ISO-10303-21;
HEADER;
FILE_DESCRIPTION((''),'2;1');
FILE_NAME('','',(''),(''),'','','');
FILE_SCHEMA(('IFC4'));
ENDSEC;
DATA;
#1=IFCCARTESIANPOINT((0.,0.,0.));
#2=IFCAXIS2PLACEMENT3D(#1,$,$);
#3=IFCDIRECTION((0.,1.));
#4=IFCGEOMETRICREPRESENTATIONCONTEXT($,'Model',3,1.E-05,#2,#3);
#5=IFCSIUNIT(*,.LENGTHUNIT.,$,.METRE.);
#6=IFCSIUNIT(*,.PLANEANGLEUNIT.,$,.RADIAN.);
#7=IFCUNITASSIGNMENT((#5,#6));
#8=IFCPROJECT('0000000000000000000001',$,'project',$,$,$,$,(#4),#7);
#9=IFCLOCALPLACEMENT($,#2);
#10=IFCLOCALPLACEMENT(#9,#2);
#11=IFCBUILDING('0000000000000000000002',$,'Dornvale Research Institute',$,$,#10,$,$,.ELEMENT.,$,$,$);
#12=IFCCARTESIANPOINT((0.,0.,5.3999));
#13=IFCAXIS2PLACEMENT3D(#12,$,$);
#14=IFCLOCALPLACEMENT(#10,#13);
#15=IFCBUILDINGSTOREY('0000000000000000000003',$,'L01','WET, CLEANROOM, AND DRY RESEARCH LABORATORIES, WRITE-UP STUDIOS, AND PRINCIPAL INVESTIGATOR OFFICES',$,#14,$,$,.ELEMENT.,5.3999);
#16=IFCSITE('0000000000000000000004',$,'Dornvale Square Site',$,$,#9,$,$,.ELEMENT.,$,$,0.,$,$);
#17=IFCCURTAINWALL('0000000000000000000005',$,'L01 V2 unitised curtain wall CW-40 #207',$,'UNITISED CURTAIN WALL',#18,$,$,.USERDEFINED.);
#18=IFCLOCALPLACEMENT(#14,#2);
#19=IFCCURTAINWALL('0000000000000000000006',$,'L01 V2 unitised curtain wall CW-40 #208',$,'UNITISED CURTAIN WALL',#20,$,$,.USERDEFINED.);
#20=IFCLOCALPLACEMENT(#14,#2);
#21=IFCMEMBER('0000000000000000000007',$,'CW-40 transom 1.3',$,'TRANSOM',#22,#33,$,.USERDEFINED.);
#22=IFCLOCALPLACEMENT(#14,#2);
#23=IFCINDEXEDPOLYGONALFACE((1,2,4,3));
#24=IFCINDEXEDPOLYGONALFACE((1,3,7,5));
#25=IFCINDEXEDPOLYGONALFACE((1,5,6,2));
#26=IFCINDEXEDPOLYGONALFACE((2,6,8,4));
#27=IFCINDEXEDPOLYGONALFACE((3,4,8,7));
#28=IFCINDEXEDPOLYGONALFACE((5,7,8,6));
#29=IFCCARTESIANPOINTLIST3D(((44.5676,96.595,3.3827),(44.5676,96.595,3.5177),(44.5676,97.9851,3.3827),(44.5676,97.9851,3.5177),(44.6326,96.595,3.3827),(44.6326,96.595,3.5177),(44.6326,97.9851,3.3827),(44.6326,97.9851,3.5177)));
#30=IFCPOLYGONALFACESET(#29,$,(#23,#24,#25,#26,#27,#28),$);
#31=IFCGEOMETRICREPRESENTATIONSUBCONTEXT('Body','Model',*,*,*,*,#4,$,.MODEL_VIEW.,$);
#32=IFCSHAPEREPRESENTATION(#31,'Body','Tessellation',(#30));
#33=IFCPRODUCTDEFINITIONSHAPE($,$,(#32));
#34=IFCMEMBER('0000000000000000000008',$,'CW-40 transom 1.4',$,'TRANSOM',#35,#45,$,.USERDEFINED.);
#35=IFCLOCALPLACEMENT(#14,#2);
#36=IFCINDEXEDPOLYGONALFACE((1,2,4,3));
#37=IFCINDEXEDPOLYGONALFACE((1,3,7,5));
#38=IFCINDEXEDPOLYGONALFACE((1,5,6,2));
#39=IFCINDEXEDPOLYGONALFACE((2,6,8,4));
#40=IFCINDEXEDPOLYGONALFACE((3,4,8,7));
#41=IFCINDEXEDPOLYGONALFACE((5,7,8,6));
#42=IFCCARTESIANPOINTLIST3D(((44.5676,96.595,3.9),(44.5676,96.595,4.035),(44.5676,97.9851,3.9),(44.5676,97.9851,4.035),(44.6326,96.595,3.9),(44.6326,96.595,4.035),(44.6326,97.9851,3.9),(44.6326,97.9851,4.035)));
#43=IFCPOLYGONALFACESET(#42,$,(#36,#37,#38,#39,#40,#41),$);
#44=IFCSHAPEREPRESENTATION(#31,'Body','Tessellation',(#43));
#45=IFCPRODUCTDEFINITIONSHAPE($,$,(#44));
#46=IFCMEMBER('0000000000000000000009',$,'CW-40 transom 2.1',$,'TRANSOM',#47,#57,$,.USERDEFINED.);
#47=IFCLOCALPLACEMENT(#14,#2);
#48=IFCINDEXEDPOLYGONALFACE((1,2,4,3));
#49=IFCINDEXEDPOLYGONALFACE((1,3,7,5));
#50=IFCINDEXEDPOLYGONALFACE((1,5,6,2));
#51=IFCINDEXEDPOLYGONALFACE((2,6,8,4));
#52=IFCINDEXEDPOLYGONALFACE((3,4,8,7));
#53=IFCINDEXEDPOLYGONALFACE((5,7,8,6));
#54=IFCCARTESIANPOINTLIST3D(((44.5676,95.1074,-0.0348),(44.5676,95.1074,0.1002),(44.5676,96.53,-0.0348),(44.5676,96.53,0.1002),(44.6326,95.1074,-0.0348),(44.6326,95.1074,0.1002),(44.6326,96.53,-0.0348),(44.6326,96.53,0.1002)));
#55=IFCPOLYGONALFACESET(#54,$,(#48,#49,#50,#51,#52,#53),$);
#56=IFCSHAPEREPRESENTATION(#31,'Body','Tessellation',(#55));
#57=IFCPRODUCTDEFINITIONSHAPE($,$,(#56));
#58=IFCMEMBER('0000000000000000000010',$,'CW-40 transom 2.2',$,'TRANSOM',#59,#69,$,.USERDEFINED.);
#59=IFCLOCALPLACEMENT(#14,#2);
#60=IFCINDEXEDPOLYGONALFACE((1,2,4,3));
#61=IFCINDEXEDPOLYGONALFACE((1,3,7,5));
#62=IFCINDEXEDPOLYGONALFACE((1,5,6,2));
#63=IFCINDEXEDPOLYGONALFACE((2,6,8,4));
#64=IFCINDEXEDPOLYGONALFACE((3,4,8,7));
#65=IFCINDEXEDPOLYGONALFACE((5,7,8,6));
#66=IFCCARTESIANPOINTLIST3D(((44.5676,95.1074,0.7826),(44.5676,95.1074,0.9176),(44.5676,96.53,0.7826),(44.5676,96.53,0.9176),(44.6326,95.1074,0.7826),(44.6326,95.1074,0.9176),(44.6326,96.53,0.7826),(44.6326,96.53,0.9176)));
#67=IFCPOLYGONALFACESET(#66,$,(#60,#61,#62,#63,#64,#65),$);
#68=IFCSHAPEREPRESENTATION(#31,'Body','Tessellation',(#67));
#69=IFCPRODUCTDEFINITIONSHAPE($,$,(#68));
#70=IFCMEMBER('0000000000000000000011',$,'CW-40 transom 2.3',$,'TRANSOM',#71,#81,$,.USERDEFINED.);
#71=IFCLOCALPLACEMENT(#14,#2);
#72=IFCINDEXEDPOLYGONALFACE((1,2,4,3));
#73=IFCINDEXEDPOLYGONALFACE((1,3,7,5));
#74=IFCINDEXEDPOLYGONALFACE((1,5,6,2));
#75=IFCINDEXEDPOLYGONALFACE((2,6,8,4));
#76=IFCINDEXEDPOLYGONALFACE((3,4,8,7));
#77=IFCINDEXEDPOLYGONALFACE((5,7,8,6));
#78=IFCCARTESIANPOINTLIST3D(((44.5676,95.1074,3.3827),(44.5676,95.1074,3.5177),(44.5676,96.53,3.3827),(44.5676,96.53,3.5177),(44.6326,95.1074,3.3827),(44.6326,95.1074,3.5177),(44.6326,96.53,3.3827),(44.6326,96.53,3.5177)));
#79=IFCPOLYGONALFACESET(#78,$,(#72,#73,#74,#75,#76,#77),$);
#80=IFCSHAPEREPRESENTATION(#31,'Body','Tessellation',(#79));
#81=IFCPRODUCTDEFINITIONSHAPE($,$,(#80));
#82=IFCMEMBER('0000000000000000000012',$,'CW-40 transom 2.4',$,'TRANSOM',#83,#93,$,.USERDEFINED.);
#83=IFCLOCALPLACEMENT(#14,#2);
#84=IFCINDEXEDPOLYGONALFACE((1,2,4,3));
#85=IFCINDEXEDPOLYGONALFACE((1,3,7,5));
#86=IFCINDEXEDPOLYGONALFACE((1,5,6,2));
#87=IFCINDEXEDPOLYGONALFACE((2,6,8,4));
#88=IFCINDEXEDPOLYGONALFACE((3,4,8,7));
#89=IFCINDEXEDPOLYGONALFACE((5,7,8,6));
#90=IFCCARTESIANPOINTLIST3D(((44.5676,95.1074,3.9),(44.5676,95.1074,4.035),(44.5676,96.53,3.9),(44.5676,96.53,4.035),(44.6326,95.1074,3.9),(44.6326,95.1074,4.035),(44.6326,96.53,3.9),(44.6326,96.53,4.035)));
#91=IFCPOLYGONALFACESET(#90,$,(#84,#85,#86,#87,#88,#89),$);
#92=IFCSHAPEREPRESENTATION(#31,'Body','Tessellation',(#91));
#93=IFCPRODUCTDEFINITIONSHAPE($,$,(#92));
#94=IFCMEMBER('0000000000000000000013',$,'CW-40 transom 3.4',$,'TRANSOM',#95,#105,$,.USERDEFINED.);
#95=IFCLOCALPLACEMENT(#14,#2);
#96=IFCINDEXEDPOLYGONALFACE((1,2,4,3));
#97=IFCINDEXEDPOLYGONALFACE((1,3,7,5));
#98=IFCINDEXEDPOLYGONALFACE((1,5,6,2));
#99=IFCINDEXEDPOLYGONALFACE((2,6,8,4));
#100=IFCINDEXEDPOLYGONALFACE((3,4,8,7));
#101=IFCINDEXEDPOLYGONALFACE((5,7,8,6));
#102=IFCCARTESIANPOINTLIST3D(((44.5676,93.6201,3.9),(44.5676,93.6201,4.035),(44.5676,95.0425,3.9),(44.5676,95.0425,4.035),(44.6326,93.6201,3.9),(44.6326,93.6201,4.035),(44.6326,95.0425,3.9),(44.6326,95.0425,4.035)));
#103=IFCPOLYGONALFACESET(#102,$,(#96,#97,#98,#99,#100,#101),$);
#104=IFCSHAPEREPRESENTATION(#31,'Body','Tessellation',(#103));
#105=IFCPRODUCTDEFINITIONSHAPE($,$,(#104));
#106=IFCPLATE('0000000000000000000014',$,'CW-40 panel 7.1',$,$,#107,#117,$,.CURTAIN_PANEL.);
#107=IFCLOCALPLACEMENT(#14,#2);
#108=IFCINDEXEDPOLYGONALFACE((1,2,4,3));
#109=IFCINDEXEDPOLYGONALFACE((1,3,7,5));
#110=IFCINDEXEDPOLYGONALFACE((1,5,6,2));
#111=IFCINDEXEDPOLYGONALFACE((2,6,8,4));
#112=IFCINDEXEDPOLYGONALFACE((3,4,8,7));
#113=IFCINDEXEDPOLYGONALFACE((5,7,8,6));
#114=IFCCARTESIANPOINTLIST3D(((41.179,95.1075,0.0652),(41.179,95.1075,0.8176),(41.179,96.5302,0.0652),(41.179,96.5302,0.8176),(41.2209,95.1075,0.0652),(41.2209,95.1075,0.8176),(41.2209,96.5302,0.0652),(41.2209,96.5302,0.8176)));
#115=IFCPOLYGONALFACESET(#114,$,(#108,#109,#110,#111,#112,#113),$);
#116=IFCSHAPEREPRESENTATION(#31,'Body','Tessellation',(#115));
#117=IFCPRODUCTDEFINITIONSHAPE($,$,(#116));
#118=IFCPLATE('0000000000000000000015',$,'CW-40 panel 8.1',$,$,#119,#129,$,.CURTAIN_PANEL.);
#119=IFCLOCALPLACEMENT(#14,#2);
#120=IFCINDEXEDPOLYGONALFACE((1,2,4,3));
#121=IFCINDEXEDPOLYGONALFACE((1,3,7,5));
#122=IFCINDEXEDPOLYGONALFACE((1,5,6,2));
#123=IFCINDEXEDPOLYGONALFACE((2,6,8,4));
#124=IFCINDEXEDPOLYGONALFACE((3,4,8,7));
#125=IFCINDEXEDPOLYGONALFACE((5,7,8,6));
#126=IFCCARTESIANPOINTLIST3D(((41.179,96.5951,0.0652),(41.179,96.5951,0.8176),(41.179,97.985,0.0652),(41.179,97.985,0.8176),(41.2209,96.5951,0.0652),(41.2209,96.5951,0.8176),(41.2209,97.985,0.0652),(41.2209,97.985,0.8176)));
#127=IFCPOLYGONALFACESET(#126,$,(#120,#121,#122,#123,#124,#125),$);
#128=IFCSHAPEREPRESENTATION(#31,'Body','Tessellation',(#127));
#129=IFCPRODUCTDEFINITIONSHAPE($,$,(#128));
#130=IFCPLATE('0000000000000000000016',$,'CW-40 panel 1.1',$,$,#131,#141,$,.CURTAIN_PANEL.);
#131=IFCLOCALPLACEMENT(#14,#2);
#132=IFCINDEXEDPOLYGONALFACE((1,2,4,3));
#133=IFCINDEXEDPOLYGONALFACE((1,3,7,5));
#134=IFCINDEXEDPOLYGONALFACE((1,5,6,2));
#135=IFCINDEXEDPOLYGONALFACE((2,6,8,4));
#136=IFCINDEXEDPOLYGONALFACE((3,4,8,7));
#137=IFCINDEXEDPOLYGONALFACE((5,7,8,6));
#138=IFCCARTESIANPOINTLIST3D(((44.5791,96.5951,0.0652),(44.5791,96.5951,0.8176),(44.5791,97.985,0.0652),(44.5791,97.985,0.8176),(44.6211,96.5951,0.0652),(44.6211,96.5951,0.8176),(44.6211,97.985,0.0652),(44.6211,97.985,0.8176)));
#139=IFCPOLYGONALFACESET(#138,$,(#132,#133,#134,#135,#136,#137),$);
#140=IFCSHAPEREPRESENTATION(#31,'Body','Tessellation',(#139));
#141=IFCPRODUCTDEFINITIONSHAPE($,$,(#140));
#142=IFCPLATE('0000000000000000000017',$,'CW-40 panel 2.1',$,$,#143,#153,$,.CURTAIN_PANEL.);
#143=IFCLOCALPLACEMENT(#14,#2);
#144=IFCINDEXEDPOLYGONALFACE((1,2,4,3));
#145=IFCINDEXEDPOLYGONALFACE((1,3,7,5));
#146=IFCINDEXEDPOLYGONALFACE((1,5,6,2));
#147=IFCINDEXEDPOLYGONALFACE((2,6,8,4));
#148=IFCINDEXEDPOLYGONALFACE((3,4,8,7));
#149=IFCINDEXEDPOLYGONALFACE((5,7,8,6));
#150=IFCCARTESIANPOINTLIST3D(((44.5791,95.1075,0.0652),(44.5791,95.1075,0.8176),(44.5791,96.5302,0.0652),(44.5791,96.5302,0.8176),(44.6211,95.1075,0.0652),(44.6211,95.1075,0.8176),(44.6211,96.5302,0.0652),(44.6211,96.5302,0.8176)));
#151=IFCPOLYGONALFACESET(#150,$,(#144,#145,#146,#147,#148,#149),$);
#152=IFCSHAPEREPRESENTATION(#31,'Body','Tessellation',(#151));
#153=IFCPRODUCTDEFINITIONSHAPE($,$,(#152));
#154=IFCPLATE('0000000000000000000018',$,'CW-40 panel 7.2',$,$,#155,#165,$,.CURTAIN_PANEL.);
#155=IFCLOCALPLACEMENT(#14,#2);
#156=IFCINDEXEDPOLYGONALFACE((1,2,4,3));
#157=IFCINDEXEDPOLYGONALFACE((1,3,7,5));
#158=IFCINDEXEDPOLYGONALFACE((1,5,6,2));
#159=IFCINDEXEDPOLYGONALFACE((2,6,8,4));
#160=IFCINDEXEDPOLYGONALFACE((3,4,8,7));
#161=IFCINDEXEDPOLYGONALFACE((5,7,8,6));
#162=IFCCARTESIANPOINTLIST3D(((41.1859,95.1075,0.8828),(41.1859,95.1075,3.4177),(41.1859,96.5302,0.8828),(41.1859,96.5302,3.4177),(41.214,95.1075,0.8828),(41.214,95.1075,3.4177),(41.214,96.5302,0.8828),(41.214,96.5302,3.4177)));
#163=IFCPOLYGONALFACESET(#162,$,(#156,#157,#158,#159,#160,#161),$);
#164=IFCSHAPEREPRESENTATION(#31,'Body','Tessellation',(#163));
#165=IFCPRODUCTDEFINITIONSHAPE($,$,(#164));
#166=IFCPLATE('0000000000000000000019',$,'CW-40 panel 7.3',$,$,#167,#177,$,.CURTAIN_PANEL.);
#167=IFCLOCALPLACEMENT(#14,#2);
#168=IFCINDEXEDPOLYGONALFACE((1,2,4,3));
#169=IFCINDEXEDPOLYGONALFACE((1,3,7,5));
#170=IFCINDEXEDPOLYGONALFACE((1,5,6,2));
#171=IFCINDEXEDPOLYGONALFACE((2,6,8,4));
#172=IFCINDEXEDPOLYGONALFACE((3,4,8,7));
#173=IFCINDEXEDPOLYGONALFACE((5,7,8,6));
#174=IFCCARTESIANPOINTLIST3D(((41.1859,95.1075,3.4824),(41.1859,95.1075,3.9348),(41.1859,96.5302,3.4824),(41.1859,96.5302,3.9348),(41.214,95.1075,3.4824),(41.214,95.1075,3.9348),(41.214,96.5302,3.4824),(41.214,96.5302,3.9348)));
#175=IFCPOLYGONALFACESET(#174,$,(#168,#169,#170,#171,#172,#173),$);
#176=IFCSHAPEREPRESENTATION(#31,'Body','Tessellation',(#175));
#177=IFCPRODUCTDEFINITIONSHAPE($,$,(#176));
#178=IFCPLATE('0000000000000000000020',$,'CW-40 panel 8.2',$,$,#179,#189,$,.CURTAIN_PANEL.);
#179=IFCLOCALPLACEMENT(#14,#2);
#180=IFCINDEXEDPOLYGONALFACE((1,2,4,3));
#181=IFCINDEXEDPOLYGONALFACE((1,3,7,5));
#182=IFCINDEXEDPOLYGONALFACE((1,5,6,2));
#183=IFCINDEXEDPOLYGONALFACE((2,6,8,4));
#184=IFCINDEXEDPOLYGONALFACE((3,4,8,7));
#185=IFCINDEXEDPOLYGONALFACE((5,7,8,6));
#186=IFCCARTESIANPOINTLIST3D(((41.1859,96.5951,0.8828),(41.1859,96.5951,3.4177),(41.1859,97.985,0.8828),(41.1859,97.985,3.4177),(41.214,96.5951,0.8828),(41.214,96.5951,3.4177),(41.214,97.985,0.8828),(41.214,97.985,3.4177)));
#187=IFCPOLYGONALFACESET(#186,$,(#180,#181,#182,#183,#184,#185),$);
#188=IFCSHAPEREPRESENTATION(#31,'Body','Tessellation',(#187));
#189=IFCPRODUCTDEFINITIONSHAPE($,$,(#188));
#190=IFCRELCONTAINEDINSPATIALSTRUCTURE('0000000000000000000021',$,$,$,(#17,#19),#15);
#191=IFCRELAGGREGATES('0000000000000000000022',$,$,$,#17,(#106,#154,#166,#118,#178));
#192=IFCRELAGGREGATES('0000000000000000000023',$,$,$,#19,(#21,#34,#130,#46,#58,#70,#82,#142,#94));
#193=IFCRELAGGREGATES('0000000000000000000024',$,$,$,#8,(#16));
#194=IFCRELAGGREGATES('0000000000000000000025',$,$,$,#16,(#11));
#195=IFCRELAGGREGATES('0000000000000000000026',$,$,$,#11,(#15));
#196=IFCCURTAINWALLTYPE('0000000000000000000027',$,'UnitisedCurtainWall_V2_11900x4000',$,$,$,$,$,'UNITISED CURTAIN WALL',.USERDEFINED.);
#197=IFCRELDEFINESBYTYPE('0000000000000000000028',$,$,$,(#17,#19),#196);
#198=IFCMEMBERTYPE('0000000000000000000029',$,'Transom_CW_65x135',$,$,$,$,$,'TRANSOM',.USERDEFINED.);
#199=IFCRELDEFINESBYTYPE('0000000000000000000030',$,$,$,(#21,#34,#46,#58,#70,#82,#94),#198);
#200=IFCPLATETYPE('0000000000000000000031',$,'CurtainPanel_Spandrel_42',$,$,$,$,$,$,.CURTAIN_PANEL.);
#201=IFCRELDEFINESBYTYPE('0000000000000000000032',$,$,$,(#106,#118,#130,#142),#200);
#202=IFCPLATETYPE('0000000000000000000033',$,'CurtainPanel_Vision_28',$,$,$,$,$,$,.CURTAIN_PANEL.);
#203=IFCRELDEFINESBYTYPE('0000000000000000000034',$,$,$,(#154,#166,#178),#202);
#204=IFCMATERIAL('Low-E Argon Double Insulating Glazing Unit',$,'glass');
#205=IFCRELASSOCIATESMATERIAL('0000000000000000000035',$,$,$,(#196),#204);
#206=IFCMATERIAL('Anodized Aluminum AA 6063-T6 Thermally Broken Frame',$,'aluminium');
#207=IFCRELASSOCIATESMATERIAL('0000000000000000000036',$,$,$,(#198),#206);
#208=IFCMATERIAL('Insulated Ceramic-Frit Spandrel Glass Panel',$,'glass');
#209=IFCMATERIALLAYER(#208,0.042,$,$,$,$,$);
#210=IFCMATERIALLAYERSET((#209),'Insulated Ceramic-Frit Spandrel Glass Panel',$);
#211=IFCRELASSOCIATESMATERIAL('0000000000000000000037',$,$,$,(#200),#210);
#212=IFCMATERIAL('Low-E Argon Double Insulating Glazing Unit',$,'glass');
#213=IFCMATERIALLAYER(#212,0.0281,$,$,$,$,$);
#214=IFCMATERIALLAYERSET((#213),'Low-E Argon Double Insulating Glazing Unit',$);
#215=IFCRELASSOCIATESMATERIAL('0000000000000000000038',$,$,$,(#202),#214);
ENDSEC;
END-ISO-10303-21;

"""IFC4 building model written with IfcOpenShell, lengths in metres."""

from ifc_helpers import new_model, si_unit, direction, frame, origin, origin_2d, place, context, subcontext, project, spatial, rectangle, extrude, material, layer, layer_set, material_profile, profile_set, type_object, element, aggregate, save


model = new_model("IFC4")

# Units and contexts
model_context = context("Model", 3, precision=1e-05, world=origin(), true_north=direction((0.0, 1.0)))
body_context = subcontext(model_context, "Body", "Model", "MODEL_VIEW")
ifc_project = project(units=[si_unit("LENGTHUNIT", "METRE"), si_unit("PLANEANGLEUNIT", "RADIAN")], contexts=[model_context])

# Site, building, storey
site_placement = place(None, origin())
site = spatial("IfcSite", under=ifc_project, at=site_placement, Name="Dornvale Square Site", CompositionType="ELEMENT", RefElevation=0.0)
building_placement = place(site_placement, origin())
building = spatial("IfcBuilding", under=site, at=building_placement, Name="Dornvale Research Institute", CompositionType="ELEMENT")
storey_placement = place(building_placement, frame((0.0, 0.0, 5.3999)))
storey = spatial("IfcBuildingStorey", under=building, at=storey_placement, Name="L01", Description="WET, CLEANROOM, AND DRY RESEARCH LABORATORIES, WRITE-UP STUDIOS, AND PRINCIPAL INVESTIGATOR OFFICES", CompositionType="ELEMENT", Elevation=5.3999)

# Curtain walls
ifc_material_1 = material(Name="Low-E Argon Double Insulating Glazing Unit", Category="glass")
curtain_wall_type = type_object("IfcCurtainWallType", Name="UnitisedCurtainWall_V2_11900x4000", ElementType="UNITISED CURTAIN WALL", PredefinedType="USERDEFINED", material=ifc_material_1)
curtain_wall_1_placement = place(storey_placement, origin())
curtain_wall_1 = element("IfcCurtainWall", 1, at=curtain_wall_1_placement, inside=storey, type_object=curtain_wall_type, Name="L01 V2 unitised curtain wall CW-40 #207", ObjectType="UNITISED CURTAIN WALL", PredefinedType="USERDEFINED")
curtain_wall_2_placement = place(storey_placement, origin())
curtain_wall_2 = element("IfcCurtainWall", 2, at=curtain_wall_2_placement, inside=storey, type_object=curtain_wall_type, Name="L01 V2 unitised curtain wall CW-40 #208", ObjectType="UNITISED CURTAIN WALL", PredefinedType="USERDEFINED")

# Members
ifc_material_2 = material(Name="Anodized Aluminum AA 6063-T6 Thermally Broken Frame", Category="aluminium")
ifc_material_profile_1 = material_profile(ifc_material_2, rectangle(XDim=0.0649, YDim=0.135, at=origin_2d()), Name="ALU TRANSOM 65x135")
ifc_profile_set_1 = profile_set([ifc_material_profile_1], Name="Anodized Aluminum AA 6063-T6 Thermally Broken Frame")
member_type_1 = type_object("IfcMemberType", Name="Transom_CW_65x135", ElementType="TRANSOM", PredefinedType="USERDEFINED", material=ifc_profile_set_1)
member_1_placement = place(storey_placement, frame((44.6001, 97.9851, 3.4502), z_axis=(0.0, -1.0, 0.0), x_axis=(1.0, 0.0, 0.0)))
member_1 = element("IfcMember", 3, at=member_1_placement, type_object=member_type_1, Name="CW-40 transom 1.3", ObjectType="TRANSOM", PredefinedType="USERDEFINED", context=body_context, shape_type="SweptSolid", body=[
    extrude(rectangle(XDim=0.0649, YDim=0.135, at=origin_2d()), origin(), (0.0, 0.0, 1.0), 1.3901),
])
member_2_placement = place(storey_placement, frame((44.6001, 97.9851, 3.9675), z_axis=(0.0, -1.0, 0.0), x_axis=(1.0, 0.0, 0.0)))
member_2 = element("IfcMember", 4, at=member_2_placement, type_object=member_type_1, Name="CW-40 transom 1.4", ObjectType="TRANSOM", PredefinedType="USERDEFINED", context=body_context, shape_type="SweptSolid", body=[
    extrude(rectangle(XDim=0.0649, YDim=0.135, at=origin_2d()), origin(), (0.0, 0.0, 1.0), 1.3901),
])
member_3_placement = place(storey_placement, frame((44.6001, 96.53, 0.0327), z_axis=(0.0, -1.0, 0.0), x_axis=(1.0, 0.0, 0.0)))
member_3 = element("IfcMember", 5, at=member_3_placement, type_object=member_type_1, Name="CW-40 transom 2.1", ObjectType="TRANSOM", PredefinedType="USERDEFINED", context=body_context, shape_type="SweptSolid", body=[
    extrude(rectangle(XDim=0.0649, YDim=0.135, at=origin_2d()), origin(), (0.0, 0.0, 1.0), 1.4226),
])
member_4_placement = place(storey_placement, frame((44.6001, 96.53, 0.8501), z_axis=(0.0, -1.0, 0.0), x_axis=(1.0, 0.0, 0.0)))
member_4 = element("IfcMember", 6, at=member_4_placement, type_object=member_type_1, Name="CW-40 transom 2.2", ObjectType="TRANSOM", PredefinedType="USERDEFINED", context=body_context, shape_type="SweptSolid", body=[
    extrude(rectangle(XDim=0.0649, YDim=0.135, at=origin_2d()), origin(), (0.0, 0.0, 1.0), 1.4226),
])
member_5_placement = place(storey_placement, frame((44.6001, 96.53, 3.4502), z_axis=(0.0, -1.0, 0.0), x_axis=(1.0, 0.0, 0.0)))
member_5 = element("IfcMember", 7, at=member_5_placement, type_object=member_type_1, Name="CW-40 transom 2.3", ObjectType="TRANSOM", PredefinedType="USERDEFINED", context=body_context, shape_type="SweptSolid", body=[
    extrude(rectangle(XDim=0.0649, YDim=0.135, at=origin_2d()), origin(), (0.0, 0.0, 1.0), 1.4226),
])
member_6_placement = place(storey_placement, frame((44.6001, 96.53, 3.9675), z_axis=(0.0, -1.0, 0.0), x_axis=(1.0, 0.0, 0.0)))
member_6 = element("IfcMember", 8, at=member_6_placement, type_object=member_type_1, Name="CW-40 transom 2.4", ObjectType="TRANSOM", PredefinedType="USERDEFINED", context=body_context, shape_type="SweptSolid", body=[
    extrude(rectangle(XDim=0.0649, YDim=0.135, at=origin_2d()), origin(), (0.0, 0.0, 1.0), 1.4226),
])
member_7_placement = place(storey_placement, frame((44.6001, 95.0425, 3.9675), z_axis=(0.0, -1.0, 0.0), x_axis=(1.0, 0.0, 0.0)))
member_7 = element("IfcMember", 9, at=member_7_placement, type_object=member_type_1, Name="CW-40 transom 3.4", ObjectType="TRANSOM", PredefinedType="USERDEFINED", context=body_context, shape_type="SweptSolid", body=[
    extrude(rectangle(XDim=0.0649, YDim=0.135, at=origin_2d()), origin(), (0.0, 0.0, 1.0), 1.4224),
])

# Plates
ifc_material_3 = material(Name="Insulated Ceramic-Frit Spandrel Glass Panel", Category="glass")
ifc_layer_1 = layer(ifc_material_3, 0.042)
ifc_layer_set_1 = layer_set([ifc_layer_1], Name="Insulated Ceramic-Frit Spandrel Glass Panel")
plate_type_1 = type_object("IfcPlateType", Name="CurtainPanel_Spandrel_42", PredefinedType="CURTAIN_PANEL", material=ifc_layer_set_1)
plate_1_placement = place(storey_placement, frame((41.2, 95.8188, 0.0652), z_axis=(0.0, 0.0, 1.0), x_axis=(0.0, 1.0, 0.0)))
plate_1 = element("IfcPlate", 10, at=plate_1_placement, type_object=plate_type_1, Name="CW-40 panel 7.1", PredefinedType="CURTAIN_PANEL", context=body_context, shape_type="SweptSolid", body=[
    extrude(rectangle(XDim=1.4226, YDim=0.042, at=origin_2d()), origin(), (0.0, 0.0, 1.0), 0.7524),
])
plate_2_placement = place(storey_placement, frame((41.2, 97.29, 0.0652), z_axis=(0.0, 0.0, 1.0), x_axis=(0.0, 1.0, 0.0)))
plate_2 = element("IfcPlate", 11, at=plate_2_placement, type_object=plate_type_1, Name="CW-40 panel 8.1", PredefinedType="CURTAIN_PANEL", context=body_context, shape_type="SweptSolid", body=[
    extrude(rectangle(XDim=1.3899, YDim=0.042, at=origin_2d()), origin(), (0.0, 0.0, 1.0), 0.7524),
])
plate_3_placement = place(storey_placement, frame((44.6001, 97.29, 0.0652), z_axis=(0.0, 0.0, 1.0), x_axis=(0.0, -1.0, 0.0)))
plate_3 = element("IfcPlate", 12, at=plate_3_placement, type_object=plate_type_1, Name="CW-40 panel 1.1", PredefinedType="CURTAIN_PANEL", context=body_context, shape_type="SweptSolid", body=[
    extrude(rectangle(XDim=1.3899, YDim=0.042, at=origin_2d()), origin(), (0.0, 0.0, 1.0), 0.7524),
])
plate_4_placement = place(storey_placement, frame((44.6001, 95.8188, 0.0652), z_axis=(0.0, 0.0, 1.0), x_axis=(0.0, -1.0, 0.0)))
plate_4 = element("IfcPlate", 13, at=plate_4_placement, type_object=plate_type_1, Name="CW-40 panel 2.1", PredefinedType="CURTAIN_PANEL", context=body_context, shape_type="SweptSolid", body=[
    extrude(rectangle(XDim=1.4226, YDim=0.042, at=origin_2d()), origin(), (0.0, 0.0, 1.0), 0.7524),
])
ifc_material_4 = material(Name="Low-E Argon Double Insulating Glazing Unit", Category="glass")
ifc_layer_2 = layer(ifc_material_4, 0.0281)
ifc_layer_set_2 = layer_set([ifc_layer_2], Name="Low-E Argon Double Insulating Glazing Unit")
plate_type_2 = type_object("IfcPlateType", Name="CurtainPanel_Vision_28", PredefinedType="CURTAIN_PANEL", material=ifc_layer_set_2)
plate_5_placement = place(storey_placement, frame((41.2, 95.8188, 0.8828), z_axis=(0.0, 0.0, 1.0), x_axis=(0.0, 1.0, 0.0)))
plate_5 = element("IfcPlate", 14, at=plate_5_placement, type_object=plate_type_2, Name="CW-40 panel 7.2", PredefinedType="CURTAIN_PANEL", context=body_context, shape_type="SweptSolid", body=[
    extrude(rectangle(XDim=1.4226, YDim=0.0281, at=origin_2d()), origin(), (0.0, 0.0, 1.0), 2.5349),
])
plate_6_placement = place(storey_placement, frame((41.2, 95.8188, 3.4824), z_axis=(0.0, 0.0, 1.0), x_axis=(0.0, 1.0, 0.0)))
plate_6 = element("IfcPlate", 15, at=plate_6_placement, type_object=plate_type_2, Name="CW-40 panel 7.3", PredefinedType="CURTAIN_PANEL", context=body_context, shape_type="SweptSolid", body=[
    extrude(rectangle(XDim=1.4226, YDim=0.0281, at=origin_2d()), origin(), (0.0, 0.0, 1.0), 0.4524),
])
plate_7_placement = place(storey_placement, frame((41.2, 97.29, 0.8828), z_axis=(0.0, 0.0, 1.0), x_axis=(0.0, 1.0, 0.0)))
plate_7 = element("IfcPlate", 16, at=plate_7_placement, type_object=plate_type_2, Name="CW-40 panel 8.2", PredefinedType="CURTAIN_PANEL", context=body_context, shape_type="SweptSolid", body=[
    extrude(rectangle(XDim=1.3899, YDim=0.0281, at=origin_2d()), origin(), (0.0, 0.0, 1.0), 2.5349),
])
aggregate(curtain_wall_1, [plate_1, plate_5, plate_6, plate_2, plate_7])
aggregate(curtain_wall_2, [member_1, member_2, plate_3, member_3, member_4, member_5, member_6, plate_4, member_7])

save(model, "model.ifc")
